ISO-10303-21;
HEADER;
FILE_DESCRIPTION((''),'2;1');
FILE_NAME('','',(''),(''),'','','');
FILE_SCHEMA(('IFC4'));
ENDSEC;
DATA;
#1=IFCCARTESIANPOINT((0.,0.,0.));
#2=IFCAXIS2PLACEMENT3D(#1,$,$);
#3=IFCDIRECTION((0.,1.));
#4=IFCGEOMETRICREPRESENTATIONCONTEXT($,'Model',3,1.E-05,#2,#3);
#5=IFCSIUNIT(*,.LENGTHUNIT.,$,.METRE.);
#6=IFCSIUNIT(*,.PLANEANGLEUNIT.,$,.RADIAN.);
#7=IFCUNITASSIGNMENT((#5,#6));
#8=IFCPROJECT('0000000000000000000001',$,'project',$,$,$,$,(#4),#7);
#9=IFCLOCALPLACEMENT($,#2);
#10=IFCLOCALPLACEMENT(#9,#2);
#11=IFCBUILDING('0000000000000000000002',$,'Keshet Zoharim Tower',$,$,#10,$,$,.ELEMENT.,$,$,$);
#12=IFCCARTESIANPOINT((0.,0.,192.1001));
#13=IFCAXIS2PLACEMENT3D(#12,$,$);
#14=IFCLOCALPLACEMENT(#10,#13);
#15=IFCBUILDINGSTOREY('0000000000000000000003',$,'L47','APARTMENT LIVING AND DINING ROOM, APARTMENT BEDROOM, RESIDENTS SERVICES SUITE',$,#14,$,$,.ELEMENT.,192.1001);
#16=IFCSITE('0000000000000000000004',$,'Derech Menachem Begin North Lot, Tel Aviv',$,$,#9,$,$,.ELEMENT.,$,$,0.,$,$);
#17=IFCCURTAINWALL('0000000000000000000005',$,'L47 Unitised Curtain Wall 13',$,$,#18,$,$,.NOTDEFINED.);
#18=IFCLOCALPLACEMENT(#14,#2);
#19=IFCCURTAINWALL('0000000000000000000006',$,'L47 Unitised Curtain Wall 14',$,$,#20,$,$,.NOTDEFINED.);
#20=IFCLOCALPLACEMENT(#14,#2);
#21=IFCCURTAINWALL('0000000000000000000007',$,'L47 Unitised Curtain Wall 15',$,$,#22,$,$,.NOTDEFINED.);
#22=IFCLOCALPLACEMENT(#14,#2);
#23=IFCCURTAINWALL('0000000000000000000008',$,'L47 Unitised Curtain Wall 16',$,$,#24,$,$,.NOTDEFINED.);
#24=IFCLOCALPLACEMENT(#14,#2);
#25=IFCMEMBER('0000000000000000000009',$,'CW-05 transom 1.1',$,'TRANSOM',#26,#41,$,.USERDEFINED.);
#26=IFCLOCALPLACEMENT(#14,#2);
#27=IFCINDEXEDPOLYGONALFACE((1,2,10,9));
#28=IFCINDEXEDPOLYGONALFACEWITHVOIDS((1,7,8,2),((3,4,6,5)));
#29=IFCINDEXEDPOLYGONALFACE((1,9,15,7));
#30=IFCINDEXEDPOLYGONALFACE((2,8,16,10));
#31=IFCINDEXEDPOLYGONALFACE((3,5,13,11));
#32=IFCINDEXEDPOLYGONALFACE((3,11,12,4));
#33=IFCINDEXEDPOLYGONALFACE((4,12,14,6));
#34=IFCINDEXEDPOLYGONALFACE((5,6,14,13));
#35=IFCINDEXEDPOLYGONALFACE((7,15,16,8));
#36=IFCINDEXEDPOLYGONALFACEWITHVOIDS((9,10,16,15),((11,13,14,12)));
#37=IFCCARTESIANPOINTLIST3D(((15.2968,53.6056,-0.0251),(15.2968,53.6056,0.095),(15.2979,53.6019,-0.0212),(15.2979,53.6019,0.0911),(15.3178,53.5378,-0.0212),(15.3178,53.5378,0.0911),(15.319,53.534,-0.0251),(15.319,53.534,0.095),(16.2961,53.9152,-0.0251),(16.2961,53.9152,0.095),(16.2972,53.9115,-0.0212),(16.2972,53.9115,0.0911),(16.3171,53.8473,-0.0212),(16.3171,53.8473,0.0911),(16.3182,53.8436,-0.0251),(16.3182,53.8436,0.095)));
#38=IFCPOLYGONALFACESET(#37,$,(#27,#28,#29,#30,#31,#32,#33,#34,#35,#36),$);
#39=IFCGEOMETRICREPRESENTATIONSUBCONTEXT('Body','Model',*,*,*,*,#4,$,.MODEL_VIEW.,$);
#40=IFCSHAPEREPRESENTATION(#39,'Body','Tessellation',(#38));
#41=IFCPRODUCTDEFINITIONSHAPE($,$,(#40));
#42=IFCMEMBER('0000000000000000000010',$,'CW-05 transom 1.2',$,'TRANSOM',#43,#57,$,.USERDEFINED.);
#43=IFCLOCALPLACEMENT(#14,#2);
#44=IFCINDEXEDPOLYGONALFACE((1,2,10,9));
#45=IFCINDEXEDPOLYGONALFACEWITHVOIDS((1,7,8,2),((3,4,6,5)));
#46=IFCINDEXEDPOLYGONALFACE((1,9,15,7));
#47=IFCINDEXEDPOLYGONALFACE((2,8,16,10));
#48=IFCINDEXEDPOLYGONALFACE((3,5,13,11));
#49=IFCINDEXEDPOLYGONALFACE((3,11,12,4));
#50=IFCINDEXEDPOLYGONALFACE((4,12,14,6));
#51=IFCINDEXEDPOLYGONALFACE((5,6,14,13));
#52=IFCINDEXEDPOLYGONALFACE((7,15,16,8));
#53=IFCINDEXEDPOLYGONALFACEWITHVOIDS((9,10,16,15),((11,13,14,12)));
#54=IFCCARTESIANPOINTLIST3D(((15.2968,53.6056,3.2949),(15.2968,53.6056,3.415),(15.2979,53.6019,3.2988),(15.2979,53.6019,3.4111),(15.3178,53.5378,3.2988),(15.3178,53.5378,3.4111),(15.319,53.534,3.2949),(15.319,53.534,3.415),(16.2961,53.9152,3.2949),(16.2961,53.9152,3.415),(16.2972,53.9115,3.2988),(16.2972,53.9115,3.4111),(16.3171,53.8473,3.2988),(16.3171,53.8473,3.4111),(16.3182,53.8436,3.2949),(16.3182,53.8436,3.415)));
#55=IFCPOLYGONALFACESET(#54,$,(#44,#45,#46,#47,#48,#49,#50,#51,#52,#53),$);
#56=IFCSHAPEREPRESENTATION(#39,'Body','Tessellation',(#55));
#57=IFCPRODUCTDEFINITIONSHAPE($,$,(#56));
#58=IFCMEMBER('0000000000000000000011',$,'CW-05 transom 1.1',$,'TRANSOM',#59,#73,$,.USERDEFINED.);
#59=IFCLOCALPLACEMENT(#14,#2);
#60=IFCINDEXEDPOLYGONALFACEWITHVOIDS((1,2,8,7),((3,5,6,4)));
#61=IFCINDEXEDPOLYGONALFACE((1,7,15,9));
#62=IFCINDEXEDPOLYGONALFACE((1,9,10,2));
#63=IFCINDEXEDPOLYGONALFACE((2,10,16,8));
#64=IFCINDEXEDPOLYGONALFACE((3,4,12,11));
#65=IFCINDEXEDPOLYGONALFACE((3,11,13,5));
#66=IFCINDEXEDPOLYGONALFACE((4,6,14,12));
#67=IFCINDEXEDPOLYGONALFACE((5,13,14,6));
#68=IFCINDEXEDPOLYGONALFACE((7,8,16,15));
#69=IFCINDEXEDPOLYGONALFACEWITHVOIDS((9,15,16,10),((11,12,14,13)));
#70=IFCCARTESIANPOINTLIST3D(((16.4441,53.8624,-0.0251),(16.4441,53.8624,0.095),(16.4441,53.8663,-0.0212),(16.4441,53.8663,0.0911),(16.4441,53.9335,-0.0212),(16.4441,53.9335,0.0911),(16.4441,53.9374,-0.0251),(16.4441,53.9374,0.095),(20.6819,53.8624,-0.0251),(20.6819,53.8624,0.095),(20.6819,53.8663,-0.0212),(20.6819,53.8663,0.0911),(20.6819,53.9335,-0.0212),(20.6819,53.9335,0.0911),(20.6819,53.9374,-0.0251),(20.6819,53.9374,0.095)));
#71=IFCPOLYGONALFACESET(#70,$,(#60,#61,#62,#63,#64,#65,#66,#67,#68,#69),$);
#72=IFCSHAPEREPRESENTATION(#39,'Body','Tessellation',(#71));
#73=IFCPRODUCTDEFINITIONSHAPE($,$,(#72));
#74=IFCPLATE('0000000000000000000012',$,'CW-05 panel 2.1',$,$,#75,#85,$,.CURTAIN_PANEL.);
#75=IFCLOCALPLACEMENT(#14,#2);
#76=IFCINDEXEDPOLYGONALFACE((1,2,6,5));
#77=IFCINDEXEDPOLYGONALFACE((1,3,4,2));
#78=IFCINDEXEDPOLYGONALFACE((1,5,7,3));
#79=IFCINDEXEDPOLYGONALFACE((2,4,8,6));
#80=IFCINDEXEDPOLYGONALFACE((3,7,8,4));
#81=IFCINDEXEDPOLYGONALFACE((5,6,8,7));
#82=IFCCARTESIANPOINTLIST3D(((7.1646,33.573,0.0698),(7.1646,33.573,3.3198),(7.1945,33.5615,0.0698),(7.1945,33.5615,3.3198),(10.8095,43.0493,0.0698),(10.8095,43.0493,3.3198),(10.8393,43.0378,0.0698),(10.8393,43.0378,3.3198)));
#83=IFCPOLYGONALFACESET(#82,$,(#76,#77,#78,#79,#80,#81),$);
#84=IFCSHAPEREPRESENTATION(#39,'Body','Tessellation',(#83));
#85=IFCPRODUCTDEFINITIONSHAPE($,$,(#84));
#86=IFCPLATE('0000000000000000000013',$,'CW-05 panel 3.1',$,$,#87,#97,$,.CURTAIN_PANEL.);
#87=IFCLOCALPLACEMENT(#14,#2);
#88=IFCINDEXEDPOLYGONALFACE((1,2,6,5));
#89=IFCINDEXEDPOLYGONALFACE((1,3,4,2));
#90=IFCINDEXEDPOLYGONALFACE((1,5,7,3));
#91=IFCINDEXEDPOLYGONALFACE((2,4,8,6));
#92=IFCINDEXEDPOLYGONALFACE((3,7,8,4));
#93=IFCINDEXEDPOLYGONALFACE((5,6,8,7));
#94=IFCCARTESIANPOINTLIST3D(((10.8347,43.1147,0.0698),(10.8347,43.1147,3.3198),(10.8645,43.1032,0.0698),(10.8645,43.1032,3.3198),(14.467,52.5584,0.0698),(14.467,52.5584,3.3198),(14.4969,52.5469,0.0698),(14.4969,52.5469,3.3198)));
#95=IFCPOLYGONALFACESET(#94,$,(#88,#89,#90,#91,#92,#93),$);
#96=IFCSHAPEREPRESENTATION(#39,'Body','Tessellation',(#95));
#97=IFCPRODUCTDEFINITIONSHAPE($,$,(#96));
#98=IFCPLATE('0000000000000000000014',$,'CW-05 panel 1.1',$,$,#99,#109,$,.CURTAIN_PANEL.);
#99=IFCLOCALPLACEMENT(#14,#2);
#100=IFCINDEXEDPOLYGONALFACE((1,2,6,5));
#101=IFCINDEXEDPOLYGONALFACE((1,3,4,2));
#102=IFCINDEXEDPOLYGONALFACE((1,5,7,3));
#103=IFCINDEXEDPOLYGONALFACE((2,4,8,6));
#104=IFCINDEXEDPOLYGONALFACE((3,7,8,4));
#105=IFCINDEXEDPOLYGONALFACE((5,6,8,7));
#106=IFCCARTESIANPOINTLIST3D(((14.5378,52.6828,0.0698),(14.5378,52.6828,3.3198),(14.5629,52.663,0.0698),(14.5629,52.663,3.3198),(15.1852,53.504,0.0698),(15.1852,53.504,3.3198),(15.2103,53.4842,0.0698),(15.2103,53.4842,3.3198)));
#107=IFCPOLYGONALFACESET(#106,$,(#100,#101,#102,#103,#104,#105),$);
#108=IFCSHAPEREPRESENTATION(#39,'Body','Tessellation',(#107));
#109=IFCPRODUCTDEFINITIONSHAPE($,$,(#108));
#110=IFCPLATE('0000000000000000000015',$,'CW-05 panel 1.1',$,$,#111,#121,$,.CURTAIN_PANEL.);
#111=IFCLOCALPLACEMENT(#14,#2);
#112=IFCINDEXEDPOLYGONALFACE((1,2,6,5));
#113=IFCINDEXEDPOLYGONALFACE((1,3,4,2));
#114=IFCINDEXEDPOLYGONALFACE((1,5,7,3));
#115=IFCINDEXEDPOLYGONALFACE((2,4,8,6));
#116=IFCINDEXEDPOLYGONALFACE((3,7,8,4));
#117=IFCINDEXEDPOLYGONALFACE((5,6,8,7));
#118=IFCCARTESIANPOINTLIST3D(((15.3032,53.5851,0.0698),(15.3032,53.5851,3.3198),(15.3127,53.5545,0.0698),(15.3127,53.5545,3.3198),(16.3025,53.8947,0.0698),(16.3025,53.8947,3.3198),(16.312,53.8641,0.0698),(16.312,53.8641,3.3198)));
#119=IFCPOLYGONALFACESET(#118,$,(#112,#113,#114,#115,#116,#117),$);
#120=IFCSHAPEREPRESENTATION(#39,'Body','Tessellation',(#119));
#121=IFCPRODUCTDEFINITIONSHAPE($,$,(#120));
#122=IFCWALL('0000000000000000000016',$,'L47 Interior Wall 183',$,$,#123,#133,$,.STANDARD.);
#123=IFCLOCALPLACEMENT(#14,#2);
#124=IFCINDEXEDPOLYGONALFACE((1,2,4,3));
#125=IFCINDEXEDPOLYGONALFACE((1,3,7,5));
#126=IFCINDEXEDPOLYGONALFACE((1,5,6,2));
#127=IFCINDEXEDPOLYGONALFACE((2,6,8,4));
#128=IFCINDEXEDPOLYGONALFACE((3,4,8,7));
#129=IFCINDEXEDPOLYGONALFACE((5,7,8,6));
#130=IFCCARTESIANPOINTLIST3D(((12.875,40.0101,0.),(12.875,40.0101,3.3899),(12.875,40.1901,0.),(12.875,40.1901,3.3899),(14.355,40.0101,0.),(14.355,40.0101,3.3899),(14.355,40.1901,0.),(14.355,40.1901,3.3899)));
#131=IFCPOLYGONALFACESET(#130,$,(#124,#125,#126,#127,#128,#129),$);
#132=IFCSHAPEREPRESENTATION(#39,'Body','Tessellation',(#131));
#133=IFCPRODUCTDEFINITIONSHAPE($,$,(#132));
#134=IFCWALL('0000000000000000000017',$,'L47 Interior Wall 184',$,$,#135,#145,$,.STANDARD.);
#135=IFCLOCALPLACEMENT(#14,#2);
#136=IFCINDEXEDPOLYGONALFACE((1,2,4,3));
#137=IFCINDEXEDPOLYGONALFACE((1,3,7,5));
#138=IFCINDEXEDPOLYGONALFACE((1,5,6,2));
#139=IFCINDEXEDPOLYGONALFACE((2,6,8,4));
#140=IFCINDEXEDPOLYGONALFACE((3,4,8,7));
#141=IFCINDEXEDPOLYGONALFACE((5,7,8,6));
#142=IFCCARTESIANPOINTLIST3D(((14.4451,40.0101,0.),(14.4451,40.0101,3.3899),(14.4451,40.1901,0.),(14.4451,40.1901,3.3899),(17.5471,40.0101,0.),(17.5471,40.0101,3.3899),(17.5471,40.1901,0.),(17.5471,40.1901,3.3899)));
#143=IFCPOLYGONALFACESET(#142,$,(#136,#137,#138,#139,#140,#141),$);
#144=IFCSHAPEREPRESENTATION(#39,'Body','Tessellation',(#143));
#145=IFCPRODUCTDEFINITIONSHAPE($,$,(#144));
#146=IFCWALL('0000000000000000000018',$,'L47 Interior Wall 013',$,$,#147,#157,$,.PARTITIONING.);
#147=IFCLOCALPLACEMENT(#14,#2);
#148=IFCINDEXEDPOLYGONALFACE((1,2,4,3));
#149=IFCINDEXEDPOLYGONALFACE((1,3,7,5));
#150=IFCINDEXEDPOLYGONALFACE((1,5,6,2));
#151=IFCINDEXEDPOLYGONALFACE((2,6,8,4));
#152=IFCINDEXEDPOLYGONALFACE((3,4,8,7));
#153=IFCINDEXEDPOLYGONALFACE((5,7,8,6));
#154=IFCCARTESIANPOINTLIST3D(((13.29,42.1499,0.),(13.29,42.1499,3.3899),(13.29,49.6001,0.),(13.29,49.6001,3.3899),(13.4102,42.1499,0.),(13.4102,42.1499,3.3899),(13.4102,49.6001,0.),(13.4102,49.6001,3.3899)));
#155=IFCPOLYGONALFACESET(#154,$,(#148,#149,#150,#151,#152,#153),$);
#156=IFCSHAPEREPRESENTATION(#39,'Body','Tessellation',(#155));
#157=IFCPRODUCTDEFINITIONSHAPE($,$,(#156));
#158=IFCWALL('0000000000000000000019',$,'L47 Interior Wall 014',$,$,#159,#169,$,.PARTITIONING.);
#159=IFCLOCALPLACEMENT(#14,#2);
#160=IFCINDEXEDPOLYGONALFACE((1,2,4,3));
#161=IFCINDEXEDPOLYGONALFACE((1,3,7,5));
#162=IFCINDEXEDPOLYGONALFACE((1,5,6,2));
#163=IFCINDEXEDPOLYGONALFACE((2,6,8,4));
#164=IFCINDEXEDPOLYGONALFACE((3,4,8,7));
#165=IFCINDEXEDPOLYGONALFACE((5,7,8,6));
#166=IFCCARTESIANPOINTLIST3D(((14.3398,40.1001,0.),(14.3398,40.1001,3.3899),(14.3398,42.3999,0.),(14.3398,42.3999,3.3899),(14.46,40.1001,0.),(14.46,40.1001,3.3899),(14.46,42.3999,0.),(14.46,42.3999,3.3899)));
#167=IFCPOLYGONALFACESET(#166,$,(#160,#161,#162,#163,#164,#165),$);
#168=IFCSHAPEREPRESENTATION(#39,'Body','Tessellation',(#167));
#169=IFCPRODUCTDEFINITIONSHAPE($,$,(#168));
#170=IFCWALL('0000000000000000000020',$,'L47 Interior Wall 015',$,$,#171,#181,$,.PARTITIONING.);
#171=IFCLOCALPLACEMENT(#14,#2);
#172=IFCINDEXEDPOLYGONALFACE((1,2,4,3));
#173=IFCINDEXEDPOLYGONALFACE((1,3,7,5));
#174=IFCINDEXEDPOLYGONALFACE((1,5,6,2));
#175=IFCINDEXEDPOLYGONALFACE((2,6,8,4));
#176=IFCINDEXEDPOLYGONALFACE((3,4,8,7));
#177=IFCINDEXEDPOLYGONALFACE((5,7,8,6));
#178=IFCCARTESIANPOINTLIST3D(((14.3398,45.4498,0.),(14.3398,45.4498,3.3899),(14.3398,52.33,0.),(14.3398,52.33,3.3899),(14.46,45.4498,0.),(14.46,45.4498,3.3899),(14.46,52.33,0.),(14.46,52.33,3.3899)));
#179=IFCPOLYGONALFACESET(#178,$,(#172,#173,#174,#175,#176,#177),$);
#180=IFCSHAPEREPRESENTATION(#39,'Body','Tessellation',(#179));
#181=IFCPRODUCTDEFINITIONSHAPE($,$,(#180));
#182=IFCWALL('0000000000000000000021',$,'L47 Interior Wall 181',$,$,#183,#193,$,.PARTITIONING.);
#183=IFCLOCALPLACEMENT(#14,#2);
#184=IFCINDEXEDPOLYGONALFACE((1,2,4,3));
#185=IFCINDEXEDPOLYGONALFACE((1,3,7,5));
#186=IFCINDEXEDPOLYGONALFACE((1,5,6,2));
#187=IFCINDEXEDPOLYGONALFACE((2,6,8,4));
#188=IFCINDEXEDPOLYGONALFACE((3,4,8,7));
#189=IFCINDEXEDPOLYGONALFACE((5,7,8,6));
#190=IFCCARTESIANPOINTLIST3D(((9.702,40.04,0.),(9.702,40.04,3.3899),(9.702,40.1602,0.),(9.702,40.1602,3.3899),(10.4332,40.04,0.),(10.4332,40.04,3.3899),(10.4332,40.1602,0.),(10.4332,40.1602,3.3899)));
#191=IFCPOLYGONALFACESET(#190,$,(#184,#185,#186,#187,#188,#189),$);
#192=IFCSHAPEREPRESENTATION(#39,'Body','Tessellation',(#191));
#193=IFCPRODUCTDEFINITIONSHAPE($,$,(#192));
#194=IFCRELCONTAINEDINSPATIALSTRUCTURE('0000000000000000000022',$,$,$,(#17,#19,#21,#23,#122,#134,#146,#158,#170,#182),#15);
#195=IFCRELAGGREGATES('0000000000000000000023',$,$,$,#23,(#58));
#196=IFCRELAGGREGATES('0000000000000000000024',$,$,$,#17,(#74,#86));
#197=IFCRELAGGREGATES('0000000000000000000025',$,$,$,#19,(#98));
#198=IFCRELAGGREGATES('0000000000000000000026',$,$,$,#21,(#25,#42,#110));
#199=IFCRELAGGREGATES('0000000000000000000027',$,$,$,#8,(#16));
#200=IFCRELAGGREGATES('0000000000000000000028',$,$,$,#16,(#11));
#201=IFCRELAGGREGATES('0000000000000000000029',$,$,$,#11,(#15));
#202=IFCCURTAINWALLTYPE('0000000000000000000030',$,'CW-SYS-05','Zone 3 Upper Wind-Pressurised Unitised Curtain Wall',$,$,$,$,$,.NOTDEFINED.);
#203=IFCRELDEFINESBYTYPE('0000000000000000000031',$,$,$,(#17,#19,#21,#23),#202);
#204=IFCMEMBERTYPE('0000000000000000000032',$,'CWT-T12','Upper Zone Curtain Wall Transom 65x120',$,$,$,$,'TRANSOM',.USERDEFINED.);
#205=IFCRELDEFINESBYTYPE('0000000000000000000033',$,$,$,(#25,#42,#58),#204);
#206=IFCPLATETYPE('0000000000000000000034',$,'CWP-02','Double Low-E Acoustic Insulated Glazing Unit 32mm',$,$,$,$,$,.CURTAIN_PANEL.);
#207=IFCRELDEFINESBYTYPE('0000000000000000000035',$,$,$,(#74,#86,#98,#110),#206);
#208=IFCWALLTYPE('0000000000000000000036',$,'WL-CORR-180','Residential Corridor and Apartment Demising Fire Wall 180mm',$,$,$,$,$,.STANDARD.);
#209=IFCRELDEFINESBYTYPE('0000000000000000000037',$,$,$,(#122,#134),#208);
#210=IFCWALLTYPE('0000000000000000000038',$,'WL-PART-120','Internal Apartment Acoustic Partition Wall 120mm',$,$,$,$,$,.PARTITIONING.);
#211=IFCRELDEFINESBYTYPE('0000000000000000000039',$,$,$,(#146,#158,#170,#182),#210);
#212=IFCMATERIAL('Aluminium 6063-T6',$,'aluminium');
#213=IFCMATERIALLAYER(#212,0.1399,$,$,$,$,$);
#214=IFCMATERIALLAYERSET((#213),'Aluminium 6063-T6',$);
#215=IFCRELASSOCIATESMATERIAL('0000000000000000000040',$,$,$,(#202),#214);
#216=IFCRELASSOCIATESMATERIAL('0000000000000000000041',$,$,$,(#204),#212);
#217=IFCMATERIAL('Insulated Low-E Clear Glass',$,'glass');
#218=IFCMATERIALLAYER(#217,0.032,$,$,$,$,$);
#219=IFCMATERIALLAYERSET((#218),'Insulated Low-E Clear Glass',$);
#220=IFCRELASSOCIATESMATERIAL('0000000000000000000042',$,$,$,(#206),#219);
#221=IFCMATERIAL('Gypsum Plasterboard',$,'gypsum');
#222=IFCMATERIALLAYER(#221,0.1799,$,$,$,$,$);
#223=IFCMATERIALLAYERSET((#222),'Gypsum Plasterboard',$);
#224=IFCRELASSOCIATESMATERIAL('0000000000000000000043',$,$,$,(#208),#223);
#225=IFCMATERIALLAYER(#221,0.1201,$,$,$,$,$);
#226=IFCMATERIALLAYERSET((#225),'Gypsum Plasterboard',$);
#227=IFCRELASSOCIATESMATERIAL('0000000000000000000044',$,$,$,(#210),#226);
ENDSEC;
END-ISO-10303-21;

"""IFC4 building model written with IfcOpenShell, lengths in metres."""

from ifc_helpers import new_model, si_unit, direction, frame, frame_2d, origin, origin_2d, place, context, subcontext, project, spatial, rectangle, hollow_rectangle, extrude, material, layer, layer_set, material_profile, profile_set, type_object, element, aggregate, save


model = new_model("IFC4")

# Units and contexts
model_context = context("Model", 3, precision=1e-05, world=origin(), true_north=direction((0.0, 1.0)))
body_context = subcontext(model_context, "Body", "Model", "MODEL_VIEW")
ifc_project = project(units=[si_unit("LENGTHUNIT", "METRE"), si_unit("PLANEANGLEUNIT", "RADIAN")], contexts=[model_context])

# Site, building, storey
site_placement = place(None, origin())
site = spatial("IfcSite", under=ifc_project, at=site_placement, Name="Derech Menachem Begin North Lot, Tel Aviv", CompositionType="ELEMENT", RefElevation=0.0)
building_placement = place(site_placement, origin())
building = spatial("IfcBuilding", under=site, at=building_placement, Name="Keshet Zoharim Tower", CompositionType="ELEMENT")
storey_placement = place(building_placement, frame((0.0, 0.0, 192.1001)))
storey = spatial("IfcBuildingStorey", under=building, at=storey_placement, Name="L47", Description="APARTMENT LIVING AND DINING ROOM, APARTMENT BEDROOM, RESIDENTS SERVICES SUITE", CompositionType="ELEMENT", Elevation=192.1001)

# Curtain walls
ifc_material_1 = material(Name="Aluminium 6063-T6", Category="aluminium")
ifc_layer_1 = layer(ifc_material_1, 0.1399)
ifc_layer_set_1 = layer_set([ifc_layer_1], Name="Aluminium 6063-T6")
curtain_wall_type = type_object("IfcCurtainWallType", Name="CW-SYS-05", Description="Zone 3 Upper Wind-Pressurised Unitised Curtain Wall", PredefinedType="NOTDEFINED", material=ifc_layer_set_1)
curtain_wall_1_placement = place(storey_placement, origin())
curtain_wall_1 = element("IfcCurtainWall", 1, at=curtain_wall_1_placement, inside=storey, type_object=curtain_wall_type, Name="L47 Unitised Curtain Wall 13", PredefinedType="NOTDEFINED")
curtain_wall_2_placement = place(storey_placement, origin())
curtain_wall_2 = element("IfcCurtainWall", 2, at=curtain_wall_2_placement, inside=storey, type_object=curtain_wall_type, Name="L47 Unitised Curtain Wall 14", PredefinedType="NOTDEFINED")
curtain_wall_3_placement = place(storey_placement, origin())
curtain_wall_3 = element("IfcCurtainWall", 3, at=curtain_wall_3_placement, inside=storey, type_object=curtain_wall_type, Name="L47 Unitised Curtain Wall 15", PredefinedType="NOTDEFINED")

# Curtain wall
curtain_wall_4_placement = place(storey_placement, origin())
curtain_wall_4 = element("IfcCurtainWall", 4, at=curtain_wall_4_placement, inside=storey, type_object=curtain_wall_type, Name="L47 Unitised Curtain Wall 16", PredefinedType="NOTDEFINED")

# Members
ifc_material_profile_1 = material_profile(ifc_material_1, hollow_rectangle(XDim=0.075, YDim=0.1201, WallThickness=0.0039, at=origin_2d()), Name="TRN-75x120")
ifc_profile_set_1 = profile_set([ifc_material_profile_1], Name="Aluminium 6063-T6")
member_type_1 = type_object("IfcMemberType", Name="CWT-T12", Description="Upper Zone Curtain Wall Transom 65x120", ElementType="TRANSOM", PredefinedType="USERDEFINED", material=ifc_profile_set_1)
member_1_placement = place(storey_placement, frame((15.3079, 53.5698, 0.0349), z_axis=(0.955212, 0.295922, 0.0), x_axis=(-0.295922, 0.955212, 0.0)))
member_1 = element("IfcMember", 5, at=member_1_placement, type_object=member_type_1, Name="CW-05 transom 1.1", ObjectType="TRANSOM", PredefinedType="USERDEFINED", context=body_context, shape_type="SweptSolid", body=[
    extrude(hollow_rectangle(XDim=0.075, YDim=0.1201, WallThickness=0.0039, at=origin_2d()), origin(), (0.0, 0.0, 1.0), 1.0461),
])
member_2_placement = place(storey_placement, frame((15.3079, 53.5698, 3.355), z_axis=(0.955212, 0.295922, 0.0), x_axis=(-0.295922, 0.955212, 0.0)))
member_2 = element("IfcMember", 6, at=member_2_placement, type_object=member_type_1, Name="CW-05 transom 1.2", ObjectType="TRANSOM", PredefinedType="USERDEFINED", context=body_context, shape_type="SweptSolid", body=[
    extrude(hollow_rectangle(XDim=0.075, YDim=0.1201, WallThickness=0.0039, at=origin_2d()), origin(), (0.0, 0.0, 1.0), 1.0461),
])
member_3_placement = place(storey_placement, frame((16.4441, 53.8999, 0.0349), z_axis=(1.0, 0.0, 0.0), x_axis=(0.0, 1.0, 0.0)))
member_3 = element("IfcMember", 7, at=member_3_placement, type_object=member_type_1, Name="CW-05 transom 1.1", ObjectType="TRANSOM", PredefinedType="USERDEFINED", context=body_context, shape_type="SweptSolid", body=[
    extrude(hollow_rectangle(XDim=0.075, YDim=0.1201, WallThickness=0.0039, at=origin_2d()), origin(), (0.0, 0.0, 1.0), 4.2378),
])
aggregate(curtain_wall_4, [member_3])

# Plates
ifc_material_2 = material(Name="Insulated Low-E Clear Glass", Category="glass")
ifc_layer_2 = layer(ifc_material_2, 0.032)
ifc_layer_set_2 = layer_set([ifc_layer_2], Name="Insulated Low-E Clear Glass")
plate_type = type_object("IfcPlateType", Name="CWP-02", Description="Double Low-E Acoustic Insulated Glazing Unit 32mm", PredefinedType="CURTAIN_PANEL", material=ifc_layer_set_2)
plate_1_placement = place(storey_placement, frame((9.002, 38.3054, 0.0698), z_axis=(0.0, 0.0, 1.0), x_axis=(0.35899, 0.933341, 0.0)))
plate_1 = element("IfcPlate", 8, at=plate_1_placement, type_object=plate_type, Name="CW-05 panel 2.1", PredefinedType="CURTAIN_PANEL", context=body_context, shape_type="SweptSolid", body=[
    extrude(rectangle(XDim=10.1531, YDim=0.032, at=origin_2d()), origin(), (0.0, 0.0, 1.0), 3.25),
])
plate_2_placement = place(storey_placement, frame((12.6658, 47.8308, 0.0698), z_axis=(0.0, 0.0, 1.0), x_axis=(0.35899, 0.933341, 0.0)))
plate_2 = element("IfcPlate", 9, at=plate_2_placement, type_object=plate_type, Name="CW-05 panel 3.1", PredefinedType="CURTAIN_PANEL", context=body_context, shape_type="SweptSolid", body=[
    extrude(rectangle(XDim=10.1182, YDim=0.032, at=origin_2d()), origin(), (0.0, 0.0, 1.0), 3.25),
])
aggregate(curtain_wall_1, [plate_1, plate_2])
plate_3_placement = place(storey_placement, frame((14.874, 53.0835, 0.0698), z_axis=(0.0, 0.0, 1.0), x_axis=(0.619125, 0.785293, 0.0)))
plate_3 = element("IfcPlate", 10, at=plate_3_placement, type_object=plate_type, Name="CW-05 panel 1.1", PredefinedType="CURTAIN_PANEL", context=body_context, shape_type="SweptSolid", body=[
    extrude(rectangle(XDim=1.0457, YDim=0.032, at=origin_2d()), origin(), (0.0, 0.0, 1.0), 3.25),
])
aggregate(curtain_wall_2, [plate_3])
plate_4_placement = place(storey_placement, frame((15.8076, 53.7246, 0.0698), z_axis=(0.0, 0.0, 1.0), x_axis=(0.955212, 0.295922, 0.0)))
plate_4 = element("IfcPlate", 11, at=plate_4_placement, type_object=plate_type, Name="CW-05 panel 1.1", PredefinedType="CURTAIN_PANEL", context=body_context, shape_type="SweptSolid", body=[
    extrude(rectangle(XDim=1.0461, YDim=0.032, at=origin_2d()), origin(), (0.0, 0.0, 1.0), 3.25),
])
aggregate(curtain_wall_3, [member_1, member_2, plate_4])

# Walls
ifc_material_3 = material(Name="Gypsum Plasterboard", Category="gypsum")
ifc_layer_3 = layer(ifc_material_3, 0.1799)
ifc_layer_set_3 = layer_set([ifc_layer_3], Name="Gypsum Plasterboard")
wall_type_1 = type_object("IfcWallType", Name="WL-CORR-180", Description="Residential Corridor and Apartment Demising Fire Wall 180mm", PredefinedType="STANDARD", material=ifc_layer_set_3)
wall_1_placement = place(storey_placement, frame((12.875, 40.1001, 0.0), z_axis=(0.0, 0.0, 1.0), x_axis=(1.0, 0.0, 0.0)))
element("IfcWall", 12, at=wall_1_placement, inside=storey, type_object=wall_type_1, Name="L47 Interior Wall 183", PredefinedType="STANDARD", context=body_context, shape_type="SweptSolid", body=[
    extrude(rectangle(XDim=1.48, YDim=0.1799, at=frame_2d((0.74, 0.0))), origin(), (0.0, 0.0, 1.0), 3.3899),
])
wall_2_placement = place(storey_placement, frame((14.4451, 40.1001, 0.0), z_axis=(0.0, 0.0, 1.0), x_axis=(1.0, 0.0, 0.0)))
element("IfcWall", 13, at=wall_2_placement, inside=storey, type_object=wall_type_1, Name="L47 Interior Wall 184", PredefinedType="STANDARD", context=body_context, shape_type="SweptSolid", body=[
    extrude(rectangle(XDim=3.1021, YDim=0.1799, at=frame_2d((1.551, 0.0))), origin(), (0.0, 0.0, 1.0), 3.3899),
])
ifc_layer_4 = layer(ifc_material_3, 0.1201)
ifc_layer_set_4 = layer_set([ifc_layer_4], Name="Gypsum Plasterboard")
wall_type_2 = type_object("IfcWallType", Name="WL-PART-120", Description="Internal Apartment Acoustic Partition Wall 120mm", PredefinedType="PARTITIONING", material=ifc_layer_set_4)
wall_3_placement = place(storey_placement, frame((13.3501, 42.1499, 0.0), z_axis=(0.0, 0.0, 1.0), x_axis=(0.0, 1.0, 0.0)))
element("IfcWall", 14, at=wall_3_placement, inside=storey, type_object=wall_type_2, Name="L47 Interior Wall 013", PredefinedType="PARTITIONING", context=body_context, shape_type="SweptSolid", body=[
    extrude(rectangle(XDim=7.4502, YDim=0.1201, at=frame_2d((3.7251, 0.0))), origin(), (0.0, 0.0, 1.0), 3.3899),
])
wall_4_placement = place(storey_placement, frame((14.3999, 40.1001, 0.0), z_axis=(0.0, 0.0, 1.0), x_axis=(0.0, 1.0, 0.0)))
element("IfcWall", 15, at=wall_4_placement, inside=storey, type_object=wall_type_2, Name="L47 Interior Wall 014", PredefinedType="PARTITIONING", context=body_context, shape_type="SweptSolid", body=[
    extrude(rectangle(XDim=2.2998, YDim=0.1201, at=frame_2d((1.1499, 0.0))), origin(), (0.0, 0.0, 1.0), 3.3899),
])
wall_5_placement = place(storey_placement, frame((14.3999, 45.45, 0.0), z_axis=(0.0, 0.0, 1.0), x_axis=(0.0, 1.0, 0.0)))
element("IfcWall", 16, at=wall_5_placement, inside=storey, type_object=wall_type_2, Name="L47 Interior Wall 015", PredefinedType="PARTITIONING", context=body_context, shape_type="SweptSolid", body=[
    extrude(rectangle(XDim=6.8801, YDim=0.1201, at=frame_2d((3.4399, 0.0))), origin(), (0.0, 0.0, 1.0), 3.3899),
])
wall_6_placement = place(storey_placement, frame((9.7019, 40.1001, 0.0), z_axis=(0.0, 0.0, 1.0), x_axis=(1.0, 0.0, 0.0)))
element("IfcWall", 17, at=wall_6_placement, inside=storey, type_object=wall_type_2, Name="L47 Interior Wall 181", PredefinedType="PARTITIONING", context=body_context, shape_type="SweptSolid", body=[
    extrude(rectangle(XDim=0.7312, YDim=0.1201, at=frame_2d((0.3657, 0.0))), origin(), (0.0, 0.0, 1.0), 3.3899),
])

save(model, "model.ifc")
